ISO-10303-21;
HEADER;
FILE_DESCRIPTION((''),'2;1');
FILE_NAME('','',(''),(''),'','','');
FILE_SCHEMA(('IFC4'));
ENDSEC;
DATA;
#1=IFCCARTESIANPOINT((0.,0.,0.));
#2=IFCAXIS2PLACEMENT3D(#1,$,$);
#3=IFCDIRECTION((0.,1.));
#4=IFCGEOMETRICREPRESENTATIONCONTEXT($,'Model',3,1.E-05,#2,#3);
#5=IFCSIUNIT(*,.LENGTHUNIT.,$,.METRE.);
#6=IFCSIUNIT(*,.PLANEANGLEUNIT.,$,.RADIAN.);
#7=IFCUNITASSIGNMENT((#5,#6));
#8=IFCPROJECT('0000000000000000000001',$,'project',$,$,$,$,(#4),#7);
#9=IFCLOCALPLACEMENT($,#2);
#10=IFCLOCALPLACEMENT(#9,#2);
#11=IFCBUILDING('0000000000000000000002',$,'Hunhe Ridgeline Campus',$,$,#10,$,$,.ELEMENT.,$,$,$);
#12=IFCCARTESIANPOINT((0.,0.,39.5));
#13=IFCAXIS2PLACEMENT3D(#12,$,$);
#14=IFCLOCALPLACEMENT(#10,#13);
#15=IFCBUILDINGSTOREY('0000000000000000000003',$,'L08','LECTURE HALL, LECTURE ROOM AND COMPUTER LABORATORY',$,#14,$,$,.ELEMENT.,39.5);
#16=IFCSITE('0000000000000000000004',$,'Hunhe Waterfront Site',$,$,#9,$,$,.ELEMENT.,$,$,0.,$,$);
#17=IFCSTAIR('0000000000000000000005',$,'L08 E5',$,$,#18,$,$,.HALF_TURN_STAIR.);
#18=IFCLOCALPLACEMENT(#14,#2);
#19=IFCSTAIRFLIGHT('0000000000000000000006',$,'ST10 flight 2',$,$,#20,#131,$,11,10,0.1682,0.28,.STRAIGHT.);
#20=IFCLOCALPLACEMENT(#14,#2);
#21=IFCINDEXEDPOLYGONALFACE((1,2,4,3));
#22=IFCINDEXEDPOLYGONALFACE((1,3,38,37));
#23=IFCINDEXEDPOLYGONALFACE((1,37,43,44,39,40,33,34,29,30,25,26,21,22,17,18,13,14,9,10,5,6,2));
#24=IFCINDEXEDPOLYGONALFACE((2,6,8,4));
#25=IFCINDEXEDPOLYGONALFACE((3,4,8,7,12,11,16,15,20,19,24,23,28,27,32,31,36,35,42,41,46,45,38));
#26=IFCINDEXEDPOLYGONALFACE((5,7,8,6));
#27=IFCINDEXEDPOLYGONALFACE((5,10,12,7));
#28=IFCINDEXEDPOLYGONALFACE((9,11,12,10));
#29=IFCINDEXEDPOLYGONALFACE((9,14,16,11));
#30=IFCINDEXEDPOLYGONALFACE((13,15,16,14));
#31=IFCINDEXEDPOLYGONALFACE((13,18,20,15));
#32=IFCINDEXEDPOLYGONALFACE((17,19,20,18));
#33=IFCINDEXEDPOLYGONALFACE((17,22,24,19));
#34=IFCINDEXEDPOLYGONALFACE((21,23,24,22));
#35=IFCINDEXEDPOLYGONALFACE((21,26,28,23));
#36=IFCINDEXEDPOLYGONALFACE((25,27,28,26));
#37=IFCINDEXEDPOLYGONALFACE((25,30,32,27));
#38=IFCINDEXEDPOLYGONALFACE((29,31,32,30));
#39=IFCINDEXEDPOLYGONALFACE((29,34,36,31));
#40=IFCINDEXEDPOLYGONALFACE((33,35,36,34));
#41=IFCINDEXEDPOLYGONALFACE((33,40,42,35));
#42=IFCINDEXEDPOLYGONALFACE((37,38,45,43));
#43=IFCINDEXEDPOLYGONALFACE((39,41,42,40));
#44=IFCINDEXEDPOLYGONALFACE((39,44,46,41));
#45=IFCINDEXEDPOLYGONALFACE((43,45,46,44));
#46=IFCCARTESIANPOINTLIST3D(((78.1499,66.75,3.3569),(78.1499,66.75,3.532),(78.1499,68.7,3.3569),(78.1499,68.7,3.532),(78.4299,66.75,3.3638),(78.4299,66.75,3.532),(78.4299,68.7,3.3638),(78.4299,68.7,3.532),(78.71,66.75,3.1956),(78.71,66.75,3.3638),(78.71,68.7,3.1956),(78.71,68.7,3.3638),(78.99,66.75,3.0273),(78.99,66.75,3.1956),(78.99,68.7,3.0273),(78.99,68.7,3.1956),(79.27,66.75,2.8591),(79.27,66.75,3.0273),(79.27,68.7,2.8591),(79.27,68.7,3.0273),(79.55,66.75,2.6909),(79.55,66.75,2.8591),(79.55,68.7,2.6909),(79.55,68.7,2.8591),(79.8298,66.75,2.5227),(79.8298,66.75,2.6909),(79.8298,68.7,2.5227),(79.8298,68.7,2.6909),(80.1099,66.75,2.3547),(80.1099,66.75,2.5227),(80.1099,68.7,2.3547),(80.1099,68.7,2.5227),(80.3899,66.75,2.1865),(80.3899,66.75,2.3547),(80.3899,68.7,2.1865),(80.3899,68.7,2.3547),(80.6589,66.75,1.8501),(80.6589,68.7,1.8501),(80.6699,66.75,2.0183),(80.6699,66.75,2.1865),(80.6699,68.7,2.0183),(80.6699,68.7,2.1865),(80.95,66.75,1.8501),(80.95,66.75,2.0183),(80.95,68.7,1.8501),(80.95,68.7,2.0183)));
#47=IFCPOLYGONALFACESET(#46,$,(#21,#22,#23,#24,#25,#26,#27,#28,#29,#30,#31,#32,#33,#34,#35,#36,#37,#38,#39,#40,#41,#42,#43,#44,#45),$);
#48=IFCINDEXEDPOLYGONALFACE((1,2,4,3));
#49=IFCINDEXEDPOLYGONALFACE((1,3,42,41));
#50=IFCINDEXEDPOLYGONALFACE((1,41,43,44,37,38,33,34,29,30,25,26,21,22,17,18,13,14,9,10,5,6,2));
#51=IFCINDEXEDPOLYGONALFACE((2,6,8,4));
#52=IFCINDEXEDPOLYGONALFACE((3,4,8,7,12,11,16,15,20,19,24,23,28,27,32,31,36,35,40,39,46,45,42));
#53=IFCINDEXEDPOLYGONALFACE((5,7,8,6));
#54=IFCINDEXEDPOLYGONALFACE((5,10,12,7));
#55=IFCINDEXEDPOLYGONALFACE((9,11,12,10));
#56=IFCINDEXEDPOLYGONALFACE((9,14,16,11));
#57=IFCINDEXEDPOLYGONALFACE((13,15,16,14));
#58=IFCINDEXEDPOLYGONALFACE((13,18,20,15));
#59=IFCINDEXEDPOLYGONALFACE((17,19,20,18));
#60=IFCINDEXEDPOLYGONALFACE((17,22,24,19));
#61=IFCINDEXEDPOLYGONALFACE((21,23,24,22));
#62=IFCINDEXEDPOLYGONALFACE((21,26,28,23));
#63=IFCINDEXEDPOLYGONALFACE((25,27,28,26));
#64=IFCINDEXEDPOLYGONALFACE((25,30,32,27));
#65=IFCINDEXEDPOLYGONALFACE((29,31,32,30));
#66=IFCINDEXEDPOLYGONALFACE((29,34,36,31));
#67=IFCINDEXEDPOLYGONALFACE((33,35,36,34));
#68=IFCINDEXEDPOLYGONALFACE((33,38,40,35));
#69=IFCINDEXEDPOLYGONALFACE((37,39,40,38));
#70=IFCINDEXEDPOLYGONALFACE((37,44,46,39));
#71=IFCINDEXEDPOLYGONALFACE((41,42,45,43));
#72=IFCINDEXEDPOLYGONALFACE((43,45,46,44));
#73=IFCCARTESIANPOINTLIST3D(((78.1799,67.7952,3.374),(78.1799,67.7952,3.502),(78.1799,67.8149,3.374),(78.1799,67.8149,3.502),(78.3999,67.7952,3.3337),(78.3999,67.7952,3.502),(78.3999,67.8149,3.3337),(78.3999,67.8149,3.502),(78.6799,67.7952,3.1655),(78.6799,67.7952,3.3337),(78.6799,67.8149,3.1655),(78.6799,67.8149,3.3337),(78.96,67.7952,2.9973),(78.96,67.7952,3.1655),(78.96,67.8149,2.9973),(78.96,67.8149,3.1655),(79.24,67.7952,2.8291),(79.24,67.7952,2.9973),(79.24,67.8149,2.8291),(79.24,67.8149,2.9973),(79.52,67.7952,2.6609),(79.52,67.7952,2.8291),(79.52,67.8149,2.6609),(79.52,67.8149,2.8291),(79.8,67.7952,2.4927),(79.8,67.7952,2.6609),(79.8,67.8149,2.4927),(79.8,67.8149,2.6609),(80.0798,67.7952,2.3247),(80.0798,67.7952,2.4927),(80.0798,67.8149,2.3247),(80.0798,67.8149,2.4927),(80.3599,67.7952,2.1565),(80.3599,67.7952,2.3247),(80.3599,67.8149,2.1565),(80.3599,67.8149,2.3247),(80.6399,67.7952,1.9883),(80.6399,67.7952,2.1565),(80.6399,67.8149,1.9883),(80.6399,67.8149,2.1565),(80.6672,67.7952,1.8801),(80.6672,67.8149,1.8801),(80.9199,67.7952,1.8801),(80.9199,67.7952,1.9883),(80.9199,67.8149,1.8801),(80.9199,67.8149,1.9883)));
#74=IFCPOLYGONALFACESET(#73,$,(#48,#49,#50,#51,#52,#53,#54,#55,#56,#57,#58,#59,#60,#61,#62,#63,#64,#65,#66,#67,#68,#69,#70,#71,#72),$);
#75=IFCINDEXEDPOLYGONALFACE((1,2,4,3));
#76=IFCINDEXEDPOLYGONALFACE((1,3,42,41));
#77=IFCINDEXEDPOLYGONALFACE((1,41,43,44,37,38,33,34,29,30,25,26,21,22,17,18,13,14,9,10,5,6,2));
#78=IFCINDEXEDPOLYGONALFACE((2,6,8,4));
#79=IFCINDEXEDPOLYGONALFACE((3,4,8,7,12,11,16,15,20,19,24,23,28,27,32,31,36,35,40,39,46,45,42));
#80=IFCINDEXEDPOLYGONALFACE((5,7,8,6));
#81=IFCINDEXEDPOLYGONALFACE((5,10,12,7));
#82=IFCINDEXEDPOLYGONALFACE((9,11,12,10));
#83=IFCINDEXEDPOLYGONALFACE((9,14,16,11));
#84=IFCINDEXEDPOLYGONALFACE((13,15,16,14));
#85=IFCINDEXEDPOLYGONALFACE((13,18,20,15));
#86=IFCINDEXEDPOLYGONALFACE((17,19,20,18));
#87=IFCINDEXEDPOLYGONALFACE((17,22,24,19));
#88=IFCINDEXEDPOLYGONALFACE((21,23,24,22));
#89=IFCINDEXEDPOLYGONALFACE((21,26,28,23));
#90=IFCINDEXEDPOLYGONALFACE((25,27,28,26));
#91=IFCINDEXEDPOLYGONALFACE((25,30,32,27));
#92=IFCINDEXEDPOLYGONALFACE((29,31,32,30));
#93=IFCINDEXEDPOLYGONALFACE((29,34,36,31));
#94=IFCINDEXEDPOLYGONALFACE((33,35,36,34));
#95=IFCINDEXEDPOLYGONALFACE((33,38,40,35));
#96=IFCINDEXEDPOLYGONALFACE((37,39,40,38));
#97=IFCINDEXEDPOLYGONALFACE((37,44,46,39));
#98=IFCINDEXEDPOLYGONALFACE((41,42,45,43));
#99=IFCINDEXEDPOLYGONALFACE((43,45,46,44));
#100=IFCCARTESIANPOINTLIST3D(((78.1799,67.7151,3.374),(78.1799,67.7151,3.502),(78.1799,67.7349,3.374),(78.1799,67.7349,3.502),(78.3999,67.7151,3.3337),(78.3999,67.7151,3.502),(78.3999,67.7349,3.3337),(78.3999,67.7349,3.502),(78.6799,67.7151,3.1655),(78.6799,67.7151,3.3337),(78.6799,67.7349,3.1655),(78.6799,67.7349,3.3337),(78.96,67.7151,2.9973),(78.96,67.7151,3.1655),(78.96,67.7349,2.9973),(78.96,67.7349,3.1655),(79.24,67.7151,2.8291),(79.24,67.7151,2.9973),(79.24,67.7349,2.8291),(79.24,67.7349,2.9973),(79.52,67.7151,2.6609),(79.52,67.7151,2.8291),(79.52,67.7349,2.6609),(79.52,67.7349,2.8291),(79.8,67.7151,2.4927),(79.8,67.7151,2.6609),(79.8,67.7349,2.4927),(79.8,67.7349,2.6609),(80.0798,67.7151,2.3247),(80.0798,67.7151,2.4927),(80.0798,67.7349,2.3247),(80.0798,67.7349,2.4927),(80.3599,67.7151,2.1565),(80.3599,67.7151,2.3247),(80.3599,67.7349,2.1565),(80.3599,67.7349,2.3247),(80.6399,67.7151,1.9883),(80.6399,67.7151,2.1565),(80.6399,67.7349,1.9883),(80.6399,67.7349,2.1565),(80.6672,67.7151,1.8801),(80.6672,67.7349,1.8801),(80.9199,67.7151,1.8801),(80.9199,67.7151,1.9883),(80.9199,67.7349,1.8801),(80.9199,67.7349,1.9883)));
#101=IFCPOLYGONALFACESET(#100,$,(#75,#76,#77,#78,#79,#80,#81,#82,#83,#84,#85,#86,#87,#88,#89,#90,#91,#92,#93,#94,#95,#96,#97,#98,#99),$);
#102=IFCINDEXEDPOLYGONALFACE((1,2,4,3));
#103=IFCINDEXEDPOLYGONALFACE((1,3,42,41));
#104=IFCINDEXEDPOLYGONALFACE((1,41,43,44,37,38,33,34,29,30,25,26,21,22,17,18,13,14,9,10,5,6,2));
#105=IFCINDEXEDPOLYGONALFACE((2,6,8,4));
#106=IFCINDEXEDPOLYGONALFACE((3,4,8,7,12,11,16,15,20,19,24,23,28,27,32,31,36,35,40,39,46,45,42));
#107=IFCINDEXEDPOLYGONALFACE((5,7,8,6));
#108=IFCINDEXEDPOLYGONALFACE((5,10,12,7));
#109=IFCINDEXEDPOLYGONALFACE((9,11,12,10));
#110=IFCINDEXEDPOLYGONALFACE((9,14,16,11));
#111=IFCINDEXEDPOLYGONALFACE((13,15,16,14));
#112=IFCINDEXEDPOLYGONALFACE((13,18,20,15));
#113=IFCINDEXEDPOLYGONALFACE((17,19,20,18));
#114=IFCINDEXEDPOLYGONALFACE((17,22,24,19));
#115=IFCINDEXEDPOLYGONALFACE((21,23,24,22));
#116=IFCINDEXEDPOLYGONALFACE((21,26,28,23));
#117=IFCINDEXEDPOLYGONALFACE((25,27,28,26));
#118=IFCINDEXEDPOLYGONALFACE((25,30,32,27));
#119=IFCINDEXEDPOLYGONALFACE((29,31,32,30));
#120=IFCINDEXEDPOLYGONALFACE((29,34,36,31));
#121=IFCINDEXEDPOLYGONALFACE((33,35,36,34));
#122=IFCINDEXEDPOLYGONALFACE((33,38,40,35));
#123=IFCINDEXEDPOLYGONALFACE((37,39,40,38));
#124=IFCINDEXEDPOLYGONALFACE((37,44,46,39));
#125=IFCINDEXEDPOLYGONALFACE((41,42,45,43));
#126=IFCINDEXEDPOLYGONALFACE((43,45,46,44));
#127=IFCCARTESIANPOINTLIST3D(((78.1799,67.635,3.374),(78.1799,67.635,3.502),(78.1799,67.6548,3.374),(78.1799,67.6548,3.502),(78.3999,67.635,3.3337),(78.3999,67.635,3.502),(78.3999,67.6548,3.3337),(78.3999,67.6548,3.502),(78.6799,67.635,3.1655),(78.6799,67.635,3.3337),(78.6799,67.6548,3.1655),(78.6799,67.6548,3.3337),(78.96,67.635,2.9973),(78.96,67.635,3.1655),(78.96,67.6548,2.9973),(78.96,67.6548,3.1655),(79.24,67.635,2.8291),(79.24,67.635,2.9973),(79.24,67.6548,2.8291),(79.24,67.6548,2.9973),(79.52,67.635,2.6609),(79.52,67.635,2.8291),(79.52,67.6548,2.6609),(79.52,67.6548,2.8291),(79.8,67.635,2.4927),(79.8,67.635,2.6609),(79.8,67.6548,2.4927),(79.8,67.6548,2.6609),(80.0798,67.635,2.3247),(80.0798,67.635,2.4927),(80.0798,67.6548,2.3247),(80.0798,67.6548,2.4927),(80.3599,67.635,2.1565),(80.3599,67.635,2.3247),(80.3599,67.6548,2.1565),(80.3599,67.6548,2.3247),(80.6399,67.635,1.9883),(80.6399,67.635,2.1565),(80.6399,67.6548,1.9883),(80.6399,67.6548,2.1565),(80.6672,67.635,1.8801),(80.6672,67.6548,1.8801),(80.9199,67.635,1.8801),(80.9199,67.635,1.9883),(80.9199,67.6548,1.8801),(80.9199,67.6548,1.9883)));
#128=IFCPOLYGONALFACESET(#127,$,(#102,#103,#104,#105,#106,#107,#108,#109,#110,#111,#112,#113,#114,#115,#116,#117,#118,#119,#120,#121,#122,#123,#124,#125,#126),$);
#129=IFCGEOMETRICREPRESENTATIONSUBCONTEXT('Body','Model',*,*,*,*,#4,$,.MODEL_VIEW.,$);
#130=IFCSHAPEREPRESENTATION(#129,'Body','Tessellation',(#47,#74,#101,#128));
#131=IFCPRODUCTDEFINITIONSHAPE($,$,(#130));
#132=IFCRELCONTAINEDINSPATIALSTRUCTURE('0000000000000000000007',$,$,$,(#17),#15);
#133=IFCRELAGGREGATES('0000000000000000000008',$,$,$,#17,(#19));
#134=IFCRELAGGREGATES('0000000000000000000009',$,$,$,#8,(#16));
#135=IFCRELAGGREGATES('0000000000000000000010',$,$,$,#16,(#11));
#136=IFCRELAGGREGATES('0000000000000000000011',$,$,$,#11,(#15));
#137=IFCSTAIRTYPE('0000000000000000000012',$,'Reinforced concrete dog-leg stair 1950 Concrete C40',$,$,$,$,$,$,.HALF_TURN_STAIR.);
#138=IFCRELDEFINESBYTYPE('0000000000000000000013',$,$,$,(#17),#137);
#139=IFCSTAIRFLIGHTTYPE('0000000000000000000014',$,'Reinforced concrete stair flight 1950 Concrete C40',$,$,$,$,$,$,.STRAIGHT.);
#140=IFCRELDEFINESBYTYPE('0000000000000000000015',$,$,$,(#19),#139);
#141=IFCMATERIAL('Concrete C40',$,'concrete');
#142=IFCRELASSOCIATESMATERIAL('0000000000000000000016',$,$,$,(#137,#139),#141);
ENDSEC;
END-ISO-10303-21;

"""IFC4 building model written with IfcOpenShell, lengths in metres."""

from ifc_helpers import new_model, si_unit, direction, frame, origin, place, context, subcontext, project, spatial, polyline, outline, extrude, material, type_object, element, aggregate, save


model = new_model("IFC4")

# Units and contexts
model_context = context("Model", 3, precision=1e-05, world=origin(), true_north=direction((0.0, 1.0)))
body_context = subcontext(model_context, "Body", "Model", "MODEL_VIEW")
ifc_project = project(units=[si_unit("LENGTHUNIT", "METRE"), si_unit("PLANEANGLEUNIT", "RADIAN")], contexts=[model_context])

# Site, building, storey
site_placement = place(None, origin())
site = spatial("IfcSite", under=ifc_project, at=site_placement, Name="Hunhe Waterfront Site", CompositionType="ELEMENT", RefElevation=0.0)
building_placement = place(site_placement, origin())
building = spatial("IfcBuilding", under=site, at=building_placement, Name="Hunhe Ridgeline Campus", CompositionType="ELEMENT")
storey_placement = place(building_placement, frame((0.0, 0.0, 39.5)))
storey = spatial("IfcBuildingStorey", under=building, at=storey_placement, Name="L08", Description="LECTURE HALL, LECTURE ROOM AND COMPUTER LABORATORY", CompositionType="ELEMENT", Elevation=39.5)

# Stair, stair flight
ifc_material_1 = material(Name="Concrete C40", Category="concrete")
stair_type = type_object("IfcStairType", Name="Reinforced concrete dog-leg stair 1950 Concrete C40", PredefinedType="HALF_TURN_STAIR", material=ifc_material_1)
stair_placement = place(storey_placement, origin())
stair = element("IfcStair", 1, at=stair_placement, inside=storey, type_object=stair_type, Name="L08 E5", PredefinedType="HALF_TURN_STAIR")
stair_flight_type = type_object("IfcStairFlightType", Name="Reinforced concrete stair flight 1950 Concrete C40", PredefinedType="STRAIGHT", material=ifc_material_1)
stair_flight_1_placement = place(storey_placement, frame((80.95, 67.7251, 1.8501), z_axis=(0.0, 0.0, 1.0), x_axis=(-1.0, 0.0, 0.0)))
stair_flight_1 = element("IfcStairFlight", 2, at=stair_flight_1_placement, type_object=stair_flight_type, Name="ST10 flight 2", NumberOfRisers=11, NumberOfTreads=10, PredefinedType="STRAIGHT", RiserHeight=0.1682, TreadLength=0.28, context=body_context, shape_type="SweptSolid", body=[
    extrude(outline(polyline([(0.0, 0.0), (0.0, 0.1682), (0.28, 0.1682), (0.28, 0.3364), (0.5601, 0.3364), (0.5601, 0.5046), (0.8401, 0.5046), (0.8401, 0.6726), (1.1201, 0.6726), (1.1201, 0.8408), (1.3999, 0.8408), (1.3999, 1.009), (1.6799, 1.009), (1.6799, 1.1772), (1.96, 1.1772), (1.96, 1.3455), (2.24, 1.3455), (2.24, 1.5137), (2.52, 1.5137), (2.52, 1.6819), (2.8, 1.6819), (2.8, 1.8501), (2.8, 1.5068), (0.291, 0.0), (0.0, 0.0)])), frame((0.0, 0.9751, 0.0), z_axis=(0.0, -1.0, 0.0), x_axis=(1.0, 0.0, 0.0)), (0.0, 0.0, 1.0), 1.95),
    extrude(outline(polyline([(0.03, 0.03), (0.03, 0.1382), (0.3101, 0.1382), (0.3101, 0.3064), (0.5901, 0.3064), (0.5901, 0.4746), (0.8701, 0.4746), (0.8701, 0.6426), (1.1499, 0.6426), (1.1499, 0.8108), (1.4299, 0.8108), (1.4299, 0.979), (1.71, 0.979), (1.71, 1.1472), (1.99, 1.1472), (1.99, 1.3154), (2.27, 1.3154), (2.27, 1.4836), (2.55, 1.4836), (2.55, 1.6519), (2.77, 1.6519), (2.77, 1.5239), (0.2827, 0.03), (0.03, 0.03)])), frame((0.0, -0.0701, 0.0), z_axis=(0.0, -1.0, 0.0), x_axis=(1.0, 0.0, 0.0)), (0.0, 0.0, 1.0), 0.0198),
    extrude(outline(polyline([(0.03, 0.03), (0.03, 0.1382), (0.3101, 0.1382), (0.3101, 0.3064), (0.5901, 0.3064), (0.5901, 0.4746), (0.8701, 0.4746), (0.8701, 0.6426), (1.1499, 0.6426), (1.1499, 0.8108), (1.4299, 0.8108), (1.4299, 0.979), (1.71, 0.979), (1.71, 1.1472), (1.99, 1.1472), (1.99, 1.3154), (2.27, 1.3154), (2.27, 1.4836), (2.55, 1.4836), (2.55, 1.6519), (2.77, 1.6519), (2.77, 1.5239), (0.2827, 0.03), (0.03, 0.03)])), frame((0.0, 0.01, 0.0), z_axis=(0.0, -1.0, 0.0), x_axis=(1.0, 0.0, 0.0)), (0.0, 0.0, 1.0), 0.0198),
    extrude(outline(polyline([(0.03, 0.03), (0.03, 0.1382), (0.3101, 0.1382), (0.3101, 0.3064), (0.5901, 0.3064), (0.5901, 0.4746), (0.8701, 0.4746), (0.8701, 0.6426), (1.1499, 0.6426), (1.1499, 0.8108), (1.4299, 0.8108), (1.4299, 0.979), (1.71, 0.979), (1.71, 1.1472), (1.99, 1.1472), (1.99, 1.3154), (2.27, 1.3154), (2.27, 1.4836), (2.55, 1.4836), (2.55, 1.6519), (2.77, 1.6519), (2.77, 1.5239), (0.2827, 0.03), (0.03, 0.03)])), frame((0.0, 0.0901, 0.0), z_axis=(0.0, -1.0, 0.0), x_axis=(1.0, 0.0, 0.0)), (0.0, 0.0, 1.0), 0.0198),
])
aggregate(stair, [stair_flight_1])

save(model, "model.ifc")
